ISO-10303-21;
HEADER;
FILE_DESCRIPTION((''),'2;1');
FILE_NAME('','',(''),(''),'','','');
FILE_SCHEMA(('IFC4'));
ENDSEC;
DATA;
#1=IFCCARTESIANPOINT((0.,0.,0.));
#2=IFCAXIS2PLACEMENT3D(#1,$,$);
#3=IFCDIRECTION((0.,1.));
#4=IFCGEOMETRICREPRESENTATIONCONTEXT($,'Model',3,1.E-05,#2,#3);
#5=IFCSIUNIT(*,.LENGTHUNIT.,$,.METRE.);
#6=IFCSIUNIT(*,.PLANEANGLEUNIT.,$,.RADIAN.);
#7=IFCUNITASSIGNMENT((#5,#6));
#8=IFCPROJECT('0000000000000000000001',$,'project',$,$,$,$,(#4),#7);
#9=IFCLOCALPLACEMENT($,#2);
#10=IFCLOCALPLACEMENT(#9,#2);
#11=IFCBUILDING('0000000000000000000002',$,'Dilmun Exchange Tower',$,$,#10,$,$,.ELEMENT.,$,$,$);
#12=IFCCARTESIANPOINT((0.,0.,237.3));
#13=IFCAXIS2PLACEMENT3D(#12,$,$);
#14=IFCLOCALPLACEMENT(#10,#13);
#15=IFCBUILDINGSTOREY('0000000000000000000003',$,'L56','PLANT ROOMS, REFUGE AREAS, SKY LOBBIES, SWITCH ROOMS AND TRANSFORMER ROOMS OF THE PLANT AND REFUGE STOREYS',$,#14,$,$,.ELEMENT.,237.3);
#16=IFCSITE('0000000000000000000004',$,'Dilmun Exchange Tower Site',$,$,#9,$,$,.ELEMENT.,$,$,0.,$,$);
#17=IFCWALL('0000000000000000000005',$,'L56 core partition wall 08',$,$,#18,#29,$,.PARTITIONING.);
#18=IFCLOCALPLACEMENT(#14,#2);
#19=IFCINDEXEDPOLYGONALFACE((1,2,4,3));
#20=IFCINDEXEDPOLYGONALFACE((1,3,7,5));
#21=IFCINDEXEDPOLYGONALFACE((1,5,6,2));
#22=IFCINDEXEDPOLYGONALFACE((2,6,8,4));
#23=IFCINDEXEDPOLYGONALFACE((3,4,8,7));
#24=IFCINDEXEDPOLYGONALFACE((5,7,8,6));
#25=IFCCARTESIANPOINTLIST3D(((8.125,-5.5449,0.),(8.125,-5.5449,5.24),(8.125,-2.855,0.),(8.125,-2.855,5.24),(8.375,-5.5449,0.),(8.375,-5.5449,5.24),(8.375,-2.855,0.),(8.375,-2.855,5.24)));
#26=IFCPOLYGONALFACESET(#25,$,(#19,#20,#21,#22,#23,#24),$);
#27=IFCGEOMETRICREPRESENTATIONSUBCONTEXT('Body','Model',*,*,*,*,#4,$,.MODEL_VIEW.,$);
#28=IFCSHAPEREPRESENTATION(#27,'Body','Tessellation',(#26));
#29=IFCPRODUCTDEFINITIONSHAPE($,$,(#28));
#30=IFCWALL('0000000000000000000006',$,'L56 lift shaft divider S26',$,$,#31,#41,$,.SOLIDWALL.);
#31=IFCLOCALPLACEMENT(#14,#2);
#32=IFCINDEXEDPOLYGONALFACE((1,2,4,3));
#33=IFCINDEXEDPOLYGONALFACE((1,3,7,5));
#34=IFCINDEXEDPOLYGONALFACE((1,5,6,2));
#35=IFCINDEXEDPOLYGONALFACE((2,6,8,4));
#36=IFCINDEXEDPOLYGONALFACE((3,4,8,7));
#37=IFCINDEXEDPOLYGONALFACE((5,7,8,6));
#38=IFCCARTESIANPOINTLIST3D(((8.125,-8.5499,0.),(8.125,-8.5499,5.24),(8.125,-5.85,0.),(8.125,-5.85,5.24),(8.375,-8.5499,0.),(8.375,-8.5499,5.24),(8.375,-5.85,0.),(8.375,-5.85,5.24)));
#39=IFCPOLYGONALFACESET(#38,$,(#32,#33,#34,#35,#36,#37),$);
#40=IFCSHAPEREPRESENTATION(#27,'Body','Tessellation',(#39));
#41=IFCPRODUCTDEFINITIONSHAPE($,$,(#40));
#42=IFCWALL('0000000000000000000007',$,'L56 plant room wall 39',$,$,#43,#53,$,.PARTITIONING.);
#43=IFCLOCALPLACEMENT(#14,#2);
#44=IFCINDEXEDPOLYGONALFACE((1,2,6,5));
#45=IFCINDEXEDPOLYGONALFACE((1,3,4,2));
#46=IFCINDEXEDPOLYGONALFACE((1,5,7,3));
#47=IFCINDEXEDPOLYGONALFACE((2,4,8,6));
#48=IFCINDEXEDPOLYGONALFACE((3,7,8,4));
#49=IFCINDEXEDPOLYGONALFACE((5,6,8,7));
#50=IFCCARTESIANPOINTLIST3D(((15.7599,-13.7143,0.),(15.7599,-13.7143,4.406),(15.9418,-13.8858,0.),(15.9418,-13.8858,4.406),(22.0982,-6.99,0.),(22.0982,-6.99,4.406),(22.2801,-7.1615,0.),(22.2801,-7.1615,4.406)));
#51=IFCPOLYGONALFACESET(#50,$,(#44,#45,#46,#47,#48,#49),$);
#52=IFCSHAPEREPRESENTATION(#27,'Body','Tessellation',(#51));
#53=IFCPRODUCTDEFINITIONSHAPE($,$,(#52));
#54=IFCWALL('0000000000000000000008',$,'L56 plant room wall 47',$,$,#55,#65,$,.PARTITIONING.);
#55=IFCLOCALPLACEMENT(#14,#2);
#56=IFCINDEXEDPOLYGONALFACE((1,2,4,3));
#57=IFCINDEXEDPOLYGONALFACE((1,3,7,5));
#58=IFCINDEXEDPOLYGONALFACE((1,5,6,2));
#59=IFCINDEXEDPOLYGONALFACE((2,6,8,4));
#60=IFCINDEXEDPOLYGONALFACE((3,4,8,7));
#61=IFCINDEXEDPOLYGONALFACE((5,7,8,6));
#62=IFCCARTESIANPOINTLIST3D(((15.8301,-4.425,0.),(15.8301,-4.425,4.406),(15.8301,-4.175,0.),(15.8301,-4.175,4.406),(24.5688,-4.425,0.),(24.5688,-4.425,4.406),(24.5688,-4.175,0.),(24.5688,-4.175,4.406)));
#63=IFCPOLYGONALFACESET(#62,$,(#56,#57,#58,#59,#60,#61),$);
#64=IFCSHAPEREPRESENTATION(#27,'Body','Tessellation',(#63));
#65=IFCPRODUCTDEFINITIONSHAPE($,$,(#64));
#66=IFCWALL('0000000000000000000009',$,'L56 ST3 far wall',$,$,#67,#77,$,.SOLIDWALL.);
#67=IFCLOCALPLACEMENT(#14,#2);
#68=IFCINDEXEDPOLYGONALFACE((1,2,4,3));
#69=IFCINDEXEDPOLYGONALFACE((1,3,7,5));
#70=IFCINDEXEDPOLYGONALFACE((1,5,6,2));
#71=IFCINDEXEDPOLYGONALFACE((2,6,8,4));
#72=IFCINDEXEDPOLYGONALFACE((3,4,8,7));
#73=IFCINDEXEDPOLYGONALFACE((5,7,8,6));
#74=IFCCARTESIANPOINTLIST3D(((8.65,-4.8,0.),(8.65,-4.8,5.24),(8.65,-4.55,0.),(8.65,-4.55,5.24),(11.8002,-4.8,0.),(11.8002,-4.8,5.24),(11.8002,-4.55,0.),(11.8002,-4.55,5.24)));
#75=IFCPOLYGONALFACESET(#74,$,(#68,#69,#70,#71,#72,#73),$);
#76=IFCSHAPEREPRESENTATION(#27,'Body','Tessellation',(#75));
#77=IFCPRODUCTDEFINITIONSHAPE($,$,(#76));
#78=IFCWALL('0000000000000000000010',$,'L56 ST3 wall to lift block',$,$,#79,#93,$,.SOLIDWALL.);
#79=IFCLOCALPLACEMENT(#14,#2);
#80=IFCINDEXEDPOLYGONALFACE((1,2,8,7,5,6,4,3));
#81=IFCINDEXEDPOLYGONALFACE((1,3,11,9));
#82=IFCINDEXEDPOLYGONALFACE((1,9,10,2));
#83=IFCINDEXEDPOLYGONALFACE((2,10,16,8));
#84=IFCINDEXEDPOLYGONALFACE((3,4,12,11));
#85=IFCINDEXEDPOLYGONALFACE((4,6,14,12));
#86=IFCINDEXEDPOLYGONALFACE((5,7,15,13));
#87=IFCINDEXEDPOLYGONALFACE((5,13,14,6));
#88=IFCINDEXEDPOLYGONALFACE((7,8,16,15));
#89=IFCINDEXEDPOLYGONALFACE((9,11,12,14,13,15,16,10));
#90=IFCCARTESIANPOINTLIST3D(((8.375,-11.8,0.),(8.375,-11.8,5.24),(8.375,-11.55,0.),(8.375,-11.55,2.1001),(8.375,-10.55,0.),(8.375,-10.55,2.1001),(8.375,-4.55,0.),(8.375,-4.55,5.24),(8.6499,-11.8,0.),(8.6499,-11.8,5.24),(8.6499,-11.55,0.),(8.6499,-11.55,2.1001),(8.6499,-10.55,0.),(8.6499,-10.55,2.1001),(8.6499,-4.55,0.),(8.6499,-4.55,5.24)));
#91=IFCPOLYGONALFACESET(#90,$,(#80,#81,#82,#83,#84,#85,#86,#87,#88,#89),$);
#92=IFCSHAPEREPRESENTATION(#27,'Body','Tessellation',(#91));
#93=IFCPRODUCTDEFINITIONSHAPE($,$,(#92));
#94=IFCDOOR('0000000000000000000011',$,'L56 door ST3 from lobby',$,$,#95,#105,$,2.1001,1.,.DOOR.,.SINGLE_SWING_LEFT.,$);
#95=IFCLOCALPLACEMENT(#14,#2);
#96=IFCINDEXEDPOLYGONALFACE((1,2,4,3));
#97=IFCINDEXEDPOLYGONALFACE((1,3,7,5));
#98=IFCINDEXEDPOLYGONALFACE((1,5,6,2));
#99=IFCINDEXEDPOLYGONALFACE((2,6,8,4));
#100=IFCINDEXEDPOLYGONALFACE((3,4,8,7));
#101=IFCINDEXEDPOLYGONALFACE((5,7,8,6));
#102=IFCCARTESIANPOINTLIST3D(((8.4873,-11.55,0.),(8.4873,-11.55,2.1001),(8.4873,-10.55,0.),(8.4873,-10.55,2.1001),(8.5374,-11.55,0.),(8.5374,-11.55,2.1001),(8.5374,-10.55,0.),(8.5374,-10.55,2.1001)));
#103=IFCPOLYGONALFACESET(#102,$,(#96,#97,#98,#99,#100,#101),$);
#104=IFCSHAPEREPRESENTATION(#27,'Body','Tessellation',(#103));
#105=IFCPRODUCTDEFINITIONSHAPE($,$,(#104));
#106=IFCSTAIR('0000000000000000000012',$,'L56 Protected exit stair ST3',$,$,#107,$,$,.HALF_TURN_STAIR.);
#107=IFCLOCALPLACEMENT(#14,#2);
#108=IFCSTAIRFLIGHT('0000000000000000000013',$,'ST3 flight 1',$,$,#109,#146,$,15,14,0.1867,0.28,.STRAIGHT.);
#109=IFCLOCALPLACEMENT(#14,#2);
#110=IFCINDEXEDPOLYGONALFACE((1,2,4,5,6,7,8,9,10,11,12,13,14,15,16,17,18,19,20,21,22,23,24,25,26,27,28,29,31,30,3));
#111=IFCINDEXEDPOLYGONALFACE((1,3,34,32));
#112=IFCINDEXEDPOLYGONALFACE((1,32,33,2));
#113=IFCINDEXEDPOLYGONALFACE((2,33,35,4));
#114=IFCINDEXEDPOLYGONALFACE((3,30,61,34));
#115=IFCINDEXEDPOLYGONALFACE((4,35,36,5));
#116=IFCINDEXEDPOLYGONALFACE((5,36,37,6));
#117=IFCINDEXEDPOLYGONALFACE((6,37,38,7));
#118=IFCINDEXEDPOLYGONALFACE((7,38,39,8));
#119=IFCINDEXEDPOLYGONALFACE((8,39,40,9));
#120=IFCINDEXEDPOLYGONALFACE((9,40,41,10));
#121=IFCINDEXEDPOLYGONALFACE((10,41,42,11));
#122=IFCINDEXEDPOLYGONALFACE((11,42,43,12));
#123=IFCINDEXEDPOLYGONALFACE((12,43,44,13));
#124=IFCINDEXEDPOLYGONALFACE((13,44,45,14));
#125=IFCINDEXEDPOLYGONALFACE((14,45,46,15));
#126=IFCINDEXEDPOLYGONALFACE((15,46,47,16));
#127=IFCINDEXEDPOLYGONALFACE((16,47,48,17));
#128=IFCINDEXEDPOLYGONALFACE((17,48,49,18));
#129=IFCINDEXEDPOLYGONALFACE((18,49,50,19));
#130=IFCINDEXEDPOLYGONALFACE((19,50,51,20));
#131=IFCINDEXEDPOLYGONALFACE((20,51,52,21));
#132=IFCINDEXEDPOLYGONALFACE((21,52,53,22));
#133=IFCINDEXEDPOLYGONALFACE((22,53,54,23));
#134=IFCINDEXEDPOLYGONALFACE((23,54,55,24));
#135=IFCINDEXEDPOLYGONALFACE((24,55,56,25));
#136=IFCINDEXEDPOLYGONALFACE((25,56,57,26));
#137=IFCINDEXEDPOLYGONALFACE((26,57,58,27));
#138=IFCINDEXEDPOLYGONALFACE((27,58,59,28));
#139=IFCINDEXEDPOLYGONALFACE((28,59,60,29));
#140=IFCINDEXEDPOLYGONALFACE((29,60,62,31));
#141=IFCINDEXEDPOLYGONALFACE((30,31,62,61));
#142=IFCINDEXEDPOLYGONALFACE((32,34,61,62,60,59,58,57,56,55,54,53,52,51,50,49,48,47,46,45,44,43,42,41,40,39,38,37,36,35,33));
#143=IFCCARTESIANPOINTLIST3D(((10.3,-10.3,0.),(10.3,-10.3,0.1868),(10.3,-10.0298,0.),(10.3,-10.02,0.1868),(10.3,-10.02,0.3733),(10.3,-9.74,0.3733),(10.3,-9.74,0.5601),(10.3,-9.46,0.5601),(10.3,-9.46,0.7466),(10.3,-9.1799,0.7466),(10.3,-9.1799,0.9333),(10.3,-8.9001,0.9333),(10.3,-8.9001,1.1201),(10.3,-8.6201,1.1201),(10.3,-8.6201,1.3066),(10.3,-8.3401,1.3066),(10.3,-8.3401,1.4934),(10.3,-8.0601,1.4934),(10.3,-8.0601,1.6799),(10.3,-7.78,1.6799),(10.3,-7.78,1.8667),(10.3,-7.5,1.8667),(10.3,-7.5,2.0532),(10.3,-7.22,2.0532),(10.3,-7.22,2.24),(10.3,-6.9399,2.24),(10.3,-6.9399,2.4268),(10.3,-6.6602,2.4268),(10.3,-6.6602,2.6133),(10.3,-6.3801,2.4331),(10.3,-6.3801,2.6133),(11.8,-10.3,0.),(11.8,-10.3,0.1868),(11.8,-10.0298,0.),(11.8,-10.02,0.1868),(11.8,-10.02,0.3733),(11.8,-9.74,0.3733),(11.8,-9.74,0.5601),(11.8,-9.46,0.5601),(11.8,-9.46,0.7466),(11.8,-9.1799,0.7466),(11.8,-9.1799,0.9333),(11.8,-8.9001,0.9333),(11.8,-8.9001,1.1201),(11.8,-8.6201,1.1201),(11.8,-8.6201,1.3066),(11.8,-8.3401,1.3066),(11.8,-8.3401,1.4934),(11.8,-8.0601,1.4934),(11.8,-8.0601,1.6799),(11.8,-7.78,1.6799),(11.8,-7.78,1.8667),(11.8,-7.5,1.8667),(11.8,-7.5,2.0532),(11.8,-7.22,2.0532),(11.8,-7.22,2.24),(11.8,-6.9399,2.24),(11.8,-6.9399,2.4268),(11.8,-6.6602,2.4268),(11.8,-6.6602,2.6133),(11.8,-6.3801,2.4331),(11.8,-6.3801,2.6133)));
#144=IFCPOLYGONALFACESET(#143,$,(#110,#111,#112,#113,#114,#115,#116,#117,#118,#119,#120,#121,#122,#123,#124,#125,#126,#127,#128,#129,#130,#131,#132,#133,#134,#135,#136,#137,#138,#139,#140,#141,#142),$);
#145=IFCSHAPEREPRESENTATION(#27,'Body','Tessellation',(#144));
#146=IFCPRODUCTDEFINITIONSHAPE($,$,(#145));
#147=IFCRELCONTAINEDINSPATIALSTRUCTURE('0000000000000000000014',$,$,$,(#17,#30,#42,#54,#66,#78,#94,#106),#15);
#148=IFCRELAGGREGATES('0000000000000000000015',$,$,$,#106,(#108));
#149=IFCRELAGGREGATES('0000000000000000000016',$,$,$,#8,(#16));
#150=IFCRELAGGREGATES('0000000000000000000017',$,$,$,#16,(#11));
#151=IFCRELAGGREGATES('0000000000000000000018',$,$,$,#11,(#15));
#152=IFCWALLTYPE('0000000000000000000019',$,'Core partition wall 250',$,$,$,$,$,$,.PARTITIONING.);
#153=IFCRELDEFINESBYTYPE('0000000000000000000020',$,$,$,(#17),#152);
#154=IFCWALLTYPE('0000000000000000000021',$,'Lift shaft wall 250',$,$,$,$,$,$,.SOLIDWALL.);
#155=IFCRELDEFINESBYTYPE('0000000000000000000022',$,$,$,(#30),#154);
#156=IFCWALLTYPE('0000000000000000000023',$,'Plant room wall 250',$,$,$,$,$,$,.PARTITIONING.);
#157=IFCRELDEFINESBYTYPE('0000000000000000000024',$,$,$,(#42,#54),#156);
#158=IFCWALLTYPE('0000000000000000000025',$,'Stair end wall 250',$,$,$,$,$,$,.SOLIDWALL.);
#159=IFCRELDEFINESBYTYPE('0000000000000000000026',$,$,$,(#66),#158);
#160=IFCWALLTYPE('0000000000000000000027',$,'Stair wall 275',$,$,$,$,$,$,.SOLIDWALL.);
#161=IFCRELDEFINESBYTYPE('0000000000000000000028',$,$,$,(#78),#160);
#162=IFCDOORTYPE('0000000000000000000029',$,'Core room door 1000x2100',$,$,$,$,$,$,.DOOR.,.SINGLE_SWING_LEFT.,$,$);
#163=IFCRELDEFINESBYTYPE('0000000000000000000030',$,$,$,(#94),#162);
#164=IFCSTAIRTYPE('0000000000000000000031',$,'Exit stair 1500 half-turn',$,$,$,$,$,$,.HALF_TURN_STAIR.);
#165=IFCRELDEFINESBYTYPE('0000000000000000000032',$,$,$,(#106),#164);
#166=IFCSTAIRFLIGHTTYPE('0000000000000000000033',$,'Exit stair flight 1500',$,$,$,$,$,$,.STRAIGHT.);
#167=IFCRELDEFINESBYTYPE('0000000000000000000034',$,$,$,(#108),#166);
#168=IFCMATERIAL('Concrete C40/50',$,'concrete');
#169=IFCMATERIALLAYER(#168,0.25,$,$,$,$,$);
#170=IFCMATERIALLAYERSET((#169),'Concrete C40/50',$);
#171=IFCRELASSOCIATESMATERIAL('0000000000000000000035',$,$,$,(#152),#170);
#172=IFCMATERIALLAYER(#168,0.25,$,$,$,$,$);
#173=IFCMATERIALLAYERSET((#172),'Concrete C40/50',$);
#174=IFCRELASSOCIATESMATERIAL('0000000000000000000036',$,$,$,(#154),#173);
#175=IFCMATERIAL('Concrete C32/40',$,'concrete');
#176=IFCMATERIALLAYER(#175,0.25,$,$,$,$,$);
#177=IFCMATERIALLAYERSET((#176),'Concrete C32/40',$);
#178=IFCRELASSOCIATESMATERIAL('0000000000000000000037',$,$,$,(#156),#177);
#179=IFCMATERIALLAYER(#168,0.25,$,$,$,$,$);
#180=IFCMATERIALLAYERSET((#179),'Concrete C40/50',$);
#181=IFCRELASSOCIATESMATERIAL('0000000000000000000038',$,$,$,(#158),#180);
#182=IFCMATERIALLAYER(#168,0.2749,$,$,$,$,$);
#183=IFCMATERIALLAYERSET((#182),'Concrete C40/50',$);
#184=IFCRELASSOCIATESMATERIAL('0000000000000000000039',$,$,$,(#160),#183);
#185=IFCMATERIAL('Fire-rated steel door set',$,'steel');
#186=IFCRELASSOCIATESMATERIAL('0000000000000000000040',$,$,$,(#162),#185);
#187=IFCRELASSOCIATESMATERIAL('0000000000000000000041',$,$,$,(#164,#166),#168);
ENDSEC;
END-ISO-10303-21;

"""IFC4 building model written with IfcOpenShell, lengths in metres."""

from ifc_helpers import new_model, si_unit, direction, frame, frame_2d, origin, place, context, subcontext, project, spatial, polyline, rectangle, outline, extrude, material, layer, layer_set, type_object, element, fill, aggregate, save


model = new_model("IFC4")

# Units and contexts
model_context = context("Model", 3, precision=1e-05, world=origin(), true_north=direction((0.0, 1.0)))
body_context = subcontext(model_context, "Body", "Model", "MODEL_VIEW")
ifc_project = project(units=[si_unit("LENGTHUNIT", "METRE"), si_unit("PLANEANGLEUNIT", "RADIAN")], contexts=[model_context])

# Site, building, storey
site_placement = place(None, origin())
site = spatial("IfcSite", under=ifc_project, at=site_placement, Name="Dilmun Exchange Tower Site", CompositionType="ELEMENT", RefElevation=0.0)
building_placement = place(site_placement, origin())
building = spatial("IfcBuilding", under=site, at=building_placement, Name="Dilmun Exchange Tower", CompositionType="ELEMENT")
storey_placement = place(building_placement, frame((0.0, 0.0, 237.3)))
storey = spatial("IfcBuildingStorey", under=building, at=storey_placement, Name="L56", Description="PLANT ROOMS, REFUGE AREAS, SKY LOBBIES, SWITCH ROOMS AND TRANSFORMER ROOMS OF THE PLANT AND REFUGE STOREYS", CompositionType="ELEMENT", Elevation=237.3)

# Shared definitions
ifc_material_1 = material(Name="Concrete C40/50", Category="concrete")

# Wall
ifc_layer_1 = layer(ifc_material_1, 0.25)
ifc_layer_set_1 = layer_set([ifc_layer_1], Name="Concrete C40/50")
wall_type_1 = type_object("IfcWallType", Name="Core partition wall 250", PredefinedType="PARTITIONING", material=ifc_layer_set_1)
wall_1_placement = place(storey_placement, frame((8.25, -5.5449, 0.0), z_axis=(0.0, 0.0, 1.0), x_axis=(0.0, 1.0, 0.0)))
element("IfcWall", 1, at=wall_1_placement, inside=storey, type_object=wall_type_1, Name="L56 core partition wall 08", PredefinedType="PARTITIONING", context=body_context, shape_type="SweptSolid", body=[
    extrude(rectangle(XDim=2.6899, YDim=0.25, at=frame_2d((1.345, 0.0))), origin(), (0.0, 0.0, 1.0), 5.24),
])

# Shared definitions
ifc_material_2 = material(Name="Fire-rated steel door set", Category="steel")

# Walls
ifc_layer_2 = layer(ifc_material_1, 0.25)
ifc_layer_set_2 = layer_set([ifc_layer_2], Name="Concrete C40/50")
wall_type_2 = type_object("IfcWallType", Name="Lift shaft wall 250", PredefinedType="SOLIDWALL", material=ifc_layer_set_2)
wall_2_placement = place(storey_placement, frame((8.25, -8.55, 0.0), z_axis=(0.0, 0.0, 1.0), x_axis=(0.0, 1.0, 0.0)))
element("IfcWall", 2, at=wall_2_placement, inside=storey, type_object=wall_type_2, Name="L56 lift shaft divider S26", PredefinedType="SOLIDWALL", context=body_context, shape_type="SweptSolid", body=[
    extrude(rectangle(XDim=2.7, YDim=0.25, at=frame_2d((1.3501, 0.0))), origin(), (0.0, 0.0, 1.0), 5.24),
])
ifc_material_3 = material(Name="Concrete C32/40", Category="concrete")
ifc_layer_3 = layer(ifc_material_3, 0.25)
ifc_layer_set_3 = layer_set([ifc_layer_3], Name="Concrete C32/40")
wall_type_3 = type_object("IfcWallType", Name="Plant room wall 250", PredefinedType="PARTITIONING", material=ifc_layer_set_3)
wall_3_placement = place(storey_placement, frame((15.8508, -13.8, 0.0), z_axis=(0.0, 0.0, 1.0), x_axis=(0.685913, 0.727683, 0.0)))
element("IfcWall", 3, at=wall_3_placement, inside=storey, type_object=wall_type_3, Name="L56 plant room wall 39", PredefinedType="PARTITIONING", context=body_context, shape_type="SweptSolid", body=[
    extrude(rectangle(XDim=9.2407, YDim=0.25, at=frame_2d((4.6204, 0.0))), origin(), (0.0, 0.0, 1.0), 4.406),
])

# Walls
wall_4_placement = place(storey_placement, frame((15.8301, -4.3, 0.0), z_axis=(0.0, 0.0, 1.0), x_axis=(1.0, 0.0, 0.0)))
element("IfcWall", 4, at=wall_4_placement, inside=storey, type_object=wall_type_3, Name="L56 plant room wall 47", PredefinedType="PARTITIONING", context=body_context, shape_type="SweptSolid", body=[
    extrude(rectangle(XDim=8.7388, YDim=0.25, at=frame_2d((4.3694, 0.0))), origin(), (0.0, 0.0, 1.0), 4.406),
])
ifc_layer_4 = layer(ifc_material_1, 0.25)
ifc_layer_set_4 = layer_set([ifc_layer_4], Name="Concrete C40/50")
wall_type_4 = type_object("IfcWallType", Name="Stair end wall 250", PredefinedType="SOLIDWALL", material=ifc_layer_set_4)
wall_5_placement = place(storey_placement, frame((8.6499, -4.675, 0.0), z_axis=(0.0, 0.0, 1.0), x_axis=(1.0, 0.0, 0.0)))
element("IfcWall", 5, at=wall_5_placement, inside=storey, type_object=wall_type_4, Name="L56 ST3 far wall", PredefinedType="SOLIDWALL", context=body_context, shape_type="SweptSolid", body=[
    extrude(rectangle(XDim=3.1501, YDim=0.25, at=frame_2d((1.5752, 0.0))), origin(), (0.0, 0.0, 1.0), 5.24),
])

# Wall, opening, door
ifc_layer_5 = layer(ifc_material_1, 0.2749)
ifc_layer_set_5 = layer_set([ifc_layer_5], Name="Concrete C40/50")
wall_type_5 = type_object("IfcWallType", Name="Stair wall 275", PredefinedType="SOLIDWALL", material=ifc_layer_set_5)
wall_6_placement = place(storey_placement, frame((8.5125, -4.55, 0.0), z_axis=(0.0, 0.0, 1.0), x_axis=(0.0, -1.0, 0.0)))
wall_6 = element("IfcWall", 6, at=wall_6_placement, inside=storey, type_object=wall_type_5, Name="L56 ST3 wall to lift block", PredefinedType="SOLIDWALL", context=body_context, shape_type="SweptSolid", body=[
    extrude(rectangle(XDim=7.25, YDim=0.2749, at=frame_2d((3.625, 0.0))), origin(), (0.0, 0.0, 1.0), 5.24),
])
opening_1_placement = place(wall_6_placement, frame((6.0, 0.0, 0.0)))
opening_1 = element("IfcOpeningElement", 7, at=opening_1_placement, cuts=wall_6, PredefinedType="OPENING", context=body_context, shape_type="SweptSolid", body=[
    extrude(rectangle(XDim=1.0, YDim=2.1001, at=frame_2d((0.5, 1.05))), frame((0.0, 0.1475, 0.0), z_axis=(0.0, -1.0, 0.0), x_axis=(1.0, 0.0, 0.0)), (0.0, 0.0, 1.0), 0.2949),
])
door_type_1 = type_object("IfcDoorType", Name="Core room door 1000x2100", OperationType="SINGLE_SWING_LEFT", PredefinedType="DOOR", material=ifc_material_2)
door_1_placement = place(opening_1_placement, origin())
door_1 = element("IfcDoor", 8, at=door_1_placement, inside=storey, type_object=door_type_1, Name="L56 door ST3 from lobby", OperationType="SINGLE_SWING_LEFT", OverallHeight=2.1001, OverallWidth=1.0, PredefinedType="DOOR", context=body_context, shape_type="SweptSolid", body=[
    extrude(rectangle(XDim=1.0, YDim=2.1001, at=frame_2d((0.5, 1.05))), frame((0.0, 0.0249, 0.0), z_axis=(0.0, -1.0, 0.0), x_axis=(1.0, 0.0, 0.0)), (0.0, 0.0, 1.0), 0.05),
])
fill(opening_1, door_1)

# Stair, stair flight
stair_type = type_object("IfcStairType", Name="Exit stair 1500 half-turn", PredefinedType="HALF_TURN_STAIR", material=ifc_material_1)
stair_placement = place(storey_placement, origin())
stair = element("IfcStair", 9, at=stair_placement, inside=storey, type_object=stair_type, Name="L56 Protected exit stair ST3", PredefinedType="HALF_TURN_STAIR")
stair_flight_type = type_object("IfcStairFlightType", Name="Exit stair flight 1500", PredefinedType="STRAIGHT", material=ifc_material_1)
stair_flight_1_placement = place(storey_placement, frame((11.05, -10.3, 0.0), z_axis=(0.0, 0.0, 1.0), x_axis=(0.0, 1.0, 0.0)))
stair_flight_1 = element("IfcStairFlight", 10, at=stair_flight_1_placement, type_object=stair_flight_type, Name="ST3 flight 1", NumberOfRisers=15, NumberOfTreads=14, PredefinedType="STRAIGHT", RiserHeight=0.1867, TreadLength=0.28, context=body_context, shape_type="SweptSolid", body=[
    extrude(outline(polyline([(0.0, 0.0), (0.0, 0.1868), (0.28, 0.1868), (0.28, 0.3733), (0.5601, 0.3733), (0.5601, 0.5601), (0.8401, 0.5601), (0.8401, 0.7466), (1.1201, 0.7466), (1.1201, 0.9333), (1.3999, 0.9333), (1.3999, 1.1201), (1.6799, 1.1201), (1.6799, 1.3066), (1.96, 1.3066), (1.96, 1.4934), (2.24, 1.4934), (2.24, 1.6799), (2.52, 1.6799), (2.52, 1.8667), (2.8, 1.8667), (2.8, 2.0532), (3.0801, 2.0532), (3.0801, 2.24), (3.3601, 2.24), (3.3601, 2.4268), (3.6399, 2.4268), (3.6399, 2.6133), (3.9199, 2.6133), (3.9199, 2.8), (3.9199, 2.4331), (0.2703, 0.0), (0.0, 0.0)])), frame((0.0, 0.75, 0.0), z_axis=(0.0, -1.0, 0.0), x_axis=(1.0, 0.0, 0.0)), (0.0, 0.0, 1.0), 1.5),
])
aggregate(stair, [stair_flight_1])

save(model, "model.ifc")
